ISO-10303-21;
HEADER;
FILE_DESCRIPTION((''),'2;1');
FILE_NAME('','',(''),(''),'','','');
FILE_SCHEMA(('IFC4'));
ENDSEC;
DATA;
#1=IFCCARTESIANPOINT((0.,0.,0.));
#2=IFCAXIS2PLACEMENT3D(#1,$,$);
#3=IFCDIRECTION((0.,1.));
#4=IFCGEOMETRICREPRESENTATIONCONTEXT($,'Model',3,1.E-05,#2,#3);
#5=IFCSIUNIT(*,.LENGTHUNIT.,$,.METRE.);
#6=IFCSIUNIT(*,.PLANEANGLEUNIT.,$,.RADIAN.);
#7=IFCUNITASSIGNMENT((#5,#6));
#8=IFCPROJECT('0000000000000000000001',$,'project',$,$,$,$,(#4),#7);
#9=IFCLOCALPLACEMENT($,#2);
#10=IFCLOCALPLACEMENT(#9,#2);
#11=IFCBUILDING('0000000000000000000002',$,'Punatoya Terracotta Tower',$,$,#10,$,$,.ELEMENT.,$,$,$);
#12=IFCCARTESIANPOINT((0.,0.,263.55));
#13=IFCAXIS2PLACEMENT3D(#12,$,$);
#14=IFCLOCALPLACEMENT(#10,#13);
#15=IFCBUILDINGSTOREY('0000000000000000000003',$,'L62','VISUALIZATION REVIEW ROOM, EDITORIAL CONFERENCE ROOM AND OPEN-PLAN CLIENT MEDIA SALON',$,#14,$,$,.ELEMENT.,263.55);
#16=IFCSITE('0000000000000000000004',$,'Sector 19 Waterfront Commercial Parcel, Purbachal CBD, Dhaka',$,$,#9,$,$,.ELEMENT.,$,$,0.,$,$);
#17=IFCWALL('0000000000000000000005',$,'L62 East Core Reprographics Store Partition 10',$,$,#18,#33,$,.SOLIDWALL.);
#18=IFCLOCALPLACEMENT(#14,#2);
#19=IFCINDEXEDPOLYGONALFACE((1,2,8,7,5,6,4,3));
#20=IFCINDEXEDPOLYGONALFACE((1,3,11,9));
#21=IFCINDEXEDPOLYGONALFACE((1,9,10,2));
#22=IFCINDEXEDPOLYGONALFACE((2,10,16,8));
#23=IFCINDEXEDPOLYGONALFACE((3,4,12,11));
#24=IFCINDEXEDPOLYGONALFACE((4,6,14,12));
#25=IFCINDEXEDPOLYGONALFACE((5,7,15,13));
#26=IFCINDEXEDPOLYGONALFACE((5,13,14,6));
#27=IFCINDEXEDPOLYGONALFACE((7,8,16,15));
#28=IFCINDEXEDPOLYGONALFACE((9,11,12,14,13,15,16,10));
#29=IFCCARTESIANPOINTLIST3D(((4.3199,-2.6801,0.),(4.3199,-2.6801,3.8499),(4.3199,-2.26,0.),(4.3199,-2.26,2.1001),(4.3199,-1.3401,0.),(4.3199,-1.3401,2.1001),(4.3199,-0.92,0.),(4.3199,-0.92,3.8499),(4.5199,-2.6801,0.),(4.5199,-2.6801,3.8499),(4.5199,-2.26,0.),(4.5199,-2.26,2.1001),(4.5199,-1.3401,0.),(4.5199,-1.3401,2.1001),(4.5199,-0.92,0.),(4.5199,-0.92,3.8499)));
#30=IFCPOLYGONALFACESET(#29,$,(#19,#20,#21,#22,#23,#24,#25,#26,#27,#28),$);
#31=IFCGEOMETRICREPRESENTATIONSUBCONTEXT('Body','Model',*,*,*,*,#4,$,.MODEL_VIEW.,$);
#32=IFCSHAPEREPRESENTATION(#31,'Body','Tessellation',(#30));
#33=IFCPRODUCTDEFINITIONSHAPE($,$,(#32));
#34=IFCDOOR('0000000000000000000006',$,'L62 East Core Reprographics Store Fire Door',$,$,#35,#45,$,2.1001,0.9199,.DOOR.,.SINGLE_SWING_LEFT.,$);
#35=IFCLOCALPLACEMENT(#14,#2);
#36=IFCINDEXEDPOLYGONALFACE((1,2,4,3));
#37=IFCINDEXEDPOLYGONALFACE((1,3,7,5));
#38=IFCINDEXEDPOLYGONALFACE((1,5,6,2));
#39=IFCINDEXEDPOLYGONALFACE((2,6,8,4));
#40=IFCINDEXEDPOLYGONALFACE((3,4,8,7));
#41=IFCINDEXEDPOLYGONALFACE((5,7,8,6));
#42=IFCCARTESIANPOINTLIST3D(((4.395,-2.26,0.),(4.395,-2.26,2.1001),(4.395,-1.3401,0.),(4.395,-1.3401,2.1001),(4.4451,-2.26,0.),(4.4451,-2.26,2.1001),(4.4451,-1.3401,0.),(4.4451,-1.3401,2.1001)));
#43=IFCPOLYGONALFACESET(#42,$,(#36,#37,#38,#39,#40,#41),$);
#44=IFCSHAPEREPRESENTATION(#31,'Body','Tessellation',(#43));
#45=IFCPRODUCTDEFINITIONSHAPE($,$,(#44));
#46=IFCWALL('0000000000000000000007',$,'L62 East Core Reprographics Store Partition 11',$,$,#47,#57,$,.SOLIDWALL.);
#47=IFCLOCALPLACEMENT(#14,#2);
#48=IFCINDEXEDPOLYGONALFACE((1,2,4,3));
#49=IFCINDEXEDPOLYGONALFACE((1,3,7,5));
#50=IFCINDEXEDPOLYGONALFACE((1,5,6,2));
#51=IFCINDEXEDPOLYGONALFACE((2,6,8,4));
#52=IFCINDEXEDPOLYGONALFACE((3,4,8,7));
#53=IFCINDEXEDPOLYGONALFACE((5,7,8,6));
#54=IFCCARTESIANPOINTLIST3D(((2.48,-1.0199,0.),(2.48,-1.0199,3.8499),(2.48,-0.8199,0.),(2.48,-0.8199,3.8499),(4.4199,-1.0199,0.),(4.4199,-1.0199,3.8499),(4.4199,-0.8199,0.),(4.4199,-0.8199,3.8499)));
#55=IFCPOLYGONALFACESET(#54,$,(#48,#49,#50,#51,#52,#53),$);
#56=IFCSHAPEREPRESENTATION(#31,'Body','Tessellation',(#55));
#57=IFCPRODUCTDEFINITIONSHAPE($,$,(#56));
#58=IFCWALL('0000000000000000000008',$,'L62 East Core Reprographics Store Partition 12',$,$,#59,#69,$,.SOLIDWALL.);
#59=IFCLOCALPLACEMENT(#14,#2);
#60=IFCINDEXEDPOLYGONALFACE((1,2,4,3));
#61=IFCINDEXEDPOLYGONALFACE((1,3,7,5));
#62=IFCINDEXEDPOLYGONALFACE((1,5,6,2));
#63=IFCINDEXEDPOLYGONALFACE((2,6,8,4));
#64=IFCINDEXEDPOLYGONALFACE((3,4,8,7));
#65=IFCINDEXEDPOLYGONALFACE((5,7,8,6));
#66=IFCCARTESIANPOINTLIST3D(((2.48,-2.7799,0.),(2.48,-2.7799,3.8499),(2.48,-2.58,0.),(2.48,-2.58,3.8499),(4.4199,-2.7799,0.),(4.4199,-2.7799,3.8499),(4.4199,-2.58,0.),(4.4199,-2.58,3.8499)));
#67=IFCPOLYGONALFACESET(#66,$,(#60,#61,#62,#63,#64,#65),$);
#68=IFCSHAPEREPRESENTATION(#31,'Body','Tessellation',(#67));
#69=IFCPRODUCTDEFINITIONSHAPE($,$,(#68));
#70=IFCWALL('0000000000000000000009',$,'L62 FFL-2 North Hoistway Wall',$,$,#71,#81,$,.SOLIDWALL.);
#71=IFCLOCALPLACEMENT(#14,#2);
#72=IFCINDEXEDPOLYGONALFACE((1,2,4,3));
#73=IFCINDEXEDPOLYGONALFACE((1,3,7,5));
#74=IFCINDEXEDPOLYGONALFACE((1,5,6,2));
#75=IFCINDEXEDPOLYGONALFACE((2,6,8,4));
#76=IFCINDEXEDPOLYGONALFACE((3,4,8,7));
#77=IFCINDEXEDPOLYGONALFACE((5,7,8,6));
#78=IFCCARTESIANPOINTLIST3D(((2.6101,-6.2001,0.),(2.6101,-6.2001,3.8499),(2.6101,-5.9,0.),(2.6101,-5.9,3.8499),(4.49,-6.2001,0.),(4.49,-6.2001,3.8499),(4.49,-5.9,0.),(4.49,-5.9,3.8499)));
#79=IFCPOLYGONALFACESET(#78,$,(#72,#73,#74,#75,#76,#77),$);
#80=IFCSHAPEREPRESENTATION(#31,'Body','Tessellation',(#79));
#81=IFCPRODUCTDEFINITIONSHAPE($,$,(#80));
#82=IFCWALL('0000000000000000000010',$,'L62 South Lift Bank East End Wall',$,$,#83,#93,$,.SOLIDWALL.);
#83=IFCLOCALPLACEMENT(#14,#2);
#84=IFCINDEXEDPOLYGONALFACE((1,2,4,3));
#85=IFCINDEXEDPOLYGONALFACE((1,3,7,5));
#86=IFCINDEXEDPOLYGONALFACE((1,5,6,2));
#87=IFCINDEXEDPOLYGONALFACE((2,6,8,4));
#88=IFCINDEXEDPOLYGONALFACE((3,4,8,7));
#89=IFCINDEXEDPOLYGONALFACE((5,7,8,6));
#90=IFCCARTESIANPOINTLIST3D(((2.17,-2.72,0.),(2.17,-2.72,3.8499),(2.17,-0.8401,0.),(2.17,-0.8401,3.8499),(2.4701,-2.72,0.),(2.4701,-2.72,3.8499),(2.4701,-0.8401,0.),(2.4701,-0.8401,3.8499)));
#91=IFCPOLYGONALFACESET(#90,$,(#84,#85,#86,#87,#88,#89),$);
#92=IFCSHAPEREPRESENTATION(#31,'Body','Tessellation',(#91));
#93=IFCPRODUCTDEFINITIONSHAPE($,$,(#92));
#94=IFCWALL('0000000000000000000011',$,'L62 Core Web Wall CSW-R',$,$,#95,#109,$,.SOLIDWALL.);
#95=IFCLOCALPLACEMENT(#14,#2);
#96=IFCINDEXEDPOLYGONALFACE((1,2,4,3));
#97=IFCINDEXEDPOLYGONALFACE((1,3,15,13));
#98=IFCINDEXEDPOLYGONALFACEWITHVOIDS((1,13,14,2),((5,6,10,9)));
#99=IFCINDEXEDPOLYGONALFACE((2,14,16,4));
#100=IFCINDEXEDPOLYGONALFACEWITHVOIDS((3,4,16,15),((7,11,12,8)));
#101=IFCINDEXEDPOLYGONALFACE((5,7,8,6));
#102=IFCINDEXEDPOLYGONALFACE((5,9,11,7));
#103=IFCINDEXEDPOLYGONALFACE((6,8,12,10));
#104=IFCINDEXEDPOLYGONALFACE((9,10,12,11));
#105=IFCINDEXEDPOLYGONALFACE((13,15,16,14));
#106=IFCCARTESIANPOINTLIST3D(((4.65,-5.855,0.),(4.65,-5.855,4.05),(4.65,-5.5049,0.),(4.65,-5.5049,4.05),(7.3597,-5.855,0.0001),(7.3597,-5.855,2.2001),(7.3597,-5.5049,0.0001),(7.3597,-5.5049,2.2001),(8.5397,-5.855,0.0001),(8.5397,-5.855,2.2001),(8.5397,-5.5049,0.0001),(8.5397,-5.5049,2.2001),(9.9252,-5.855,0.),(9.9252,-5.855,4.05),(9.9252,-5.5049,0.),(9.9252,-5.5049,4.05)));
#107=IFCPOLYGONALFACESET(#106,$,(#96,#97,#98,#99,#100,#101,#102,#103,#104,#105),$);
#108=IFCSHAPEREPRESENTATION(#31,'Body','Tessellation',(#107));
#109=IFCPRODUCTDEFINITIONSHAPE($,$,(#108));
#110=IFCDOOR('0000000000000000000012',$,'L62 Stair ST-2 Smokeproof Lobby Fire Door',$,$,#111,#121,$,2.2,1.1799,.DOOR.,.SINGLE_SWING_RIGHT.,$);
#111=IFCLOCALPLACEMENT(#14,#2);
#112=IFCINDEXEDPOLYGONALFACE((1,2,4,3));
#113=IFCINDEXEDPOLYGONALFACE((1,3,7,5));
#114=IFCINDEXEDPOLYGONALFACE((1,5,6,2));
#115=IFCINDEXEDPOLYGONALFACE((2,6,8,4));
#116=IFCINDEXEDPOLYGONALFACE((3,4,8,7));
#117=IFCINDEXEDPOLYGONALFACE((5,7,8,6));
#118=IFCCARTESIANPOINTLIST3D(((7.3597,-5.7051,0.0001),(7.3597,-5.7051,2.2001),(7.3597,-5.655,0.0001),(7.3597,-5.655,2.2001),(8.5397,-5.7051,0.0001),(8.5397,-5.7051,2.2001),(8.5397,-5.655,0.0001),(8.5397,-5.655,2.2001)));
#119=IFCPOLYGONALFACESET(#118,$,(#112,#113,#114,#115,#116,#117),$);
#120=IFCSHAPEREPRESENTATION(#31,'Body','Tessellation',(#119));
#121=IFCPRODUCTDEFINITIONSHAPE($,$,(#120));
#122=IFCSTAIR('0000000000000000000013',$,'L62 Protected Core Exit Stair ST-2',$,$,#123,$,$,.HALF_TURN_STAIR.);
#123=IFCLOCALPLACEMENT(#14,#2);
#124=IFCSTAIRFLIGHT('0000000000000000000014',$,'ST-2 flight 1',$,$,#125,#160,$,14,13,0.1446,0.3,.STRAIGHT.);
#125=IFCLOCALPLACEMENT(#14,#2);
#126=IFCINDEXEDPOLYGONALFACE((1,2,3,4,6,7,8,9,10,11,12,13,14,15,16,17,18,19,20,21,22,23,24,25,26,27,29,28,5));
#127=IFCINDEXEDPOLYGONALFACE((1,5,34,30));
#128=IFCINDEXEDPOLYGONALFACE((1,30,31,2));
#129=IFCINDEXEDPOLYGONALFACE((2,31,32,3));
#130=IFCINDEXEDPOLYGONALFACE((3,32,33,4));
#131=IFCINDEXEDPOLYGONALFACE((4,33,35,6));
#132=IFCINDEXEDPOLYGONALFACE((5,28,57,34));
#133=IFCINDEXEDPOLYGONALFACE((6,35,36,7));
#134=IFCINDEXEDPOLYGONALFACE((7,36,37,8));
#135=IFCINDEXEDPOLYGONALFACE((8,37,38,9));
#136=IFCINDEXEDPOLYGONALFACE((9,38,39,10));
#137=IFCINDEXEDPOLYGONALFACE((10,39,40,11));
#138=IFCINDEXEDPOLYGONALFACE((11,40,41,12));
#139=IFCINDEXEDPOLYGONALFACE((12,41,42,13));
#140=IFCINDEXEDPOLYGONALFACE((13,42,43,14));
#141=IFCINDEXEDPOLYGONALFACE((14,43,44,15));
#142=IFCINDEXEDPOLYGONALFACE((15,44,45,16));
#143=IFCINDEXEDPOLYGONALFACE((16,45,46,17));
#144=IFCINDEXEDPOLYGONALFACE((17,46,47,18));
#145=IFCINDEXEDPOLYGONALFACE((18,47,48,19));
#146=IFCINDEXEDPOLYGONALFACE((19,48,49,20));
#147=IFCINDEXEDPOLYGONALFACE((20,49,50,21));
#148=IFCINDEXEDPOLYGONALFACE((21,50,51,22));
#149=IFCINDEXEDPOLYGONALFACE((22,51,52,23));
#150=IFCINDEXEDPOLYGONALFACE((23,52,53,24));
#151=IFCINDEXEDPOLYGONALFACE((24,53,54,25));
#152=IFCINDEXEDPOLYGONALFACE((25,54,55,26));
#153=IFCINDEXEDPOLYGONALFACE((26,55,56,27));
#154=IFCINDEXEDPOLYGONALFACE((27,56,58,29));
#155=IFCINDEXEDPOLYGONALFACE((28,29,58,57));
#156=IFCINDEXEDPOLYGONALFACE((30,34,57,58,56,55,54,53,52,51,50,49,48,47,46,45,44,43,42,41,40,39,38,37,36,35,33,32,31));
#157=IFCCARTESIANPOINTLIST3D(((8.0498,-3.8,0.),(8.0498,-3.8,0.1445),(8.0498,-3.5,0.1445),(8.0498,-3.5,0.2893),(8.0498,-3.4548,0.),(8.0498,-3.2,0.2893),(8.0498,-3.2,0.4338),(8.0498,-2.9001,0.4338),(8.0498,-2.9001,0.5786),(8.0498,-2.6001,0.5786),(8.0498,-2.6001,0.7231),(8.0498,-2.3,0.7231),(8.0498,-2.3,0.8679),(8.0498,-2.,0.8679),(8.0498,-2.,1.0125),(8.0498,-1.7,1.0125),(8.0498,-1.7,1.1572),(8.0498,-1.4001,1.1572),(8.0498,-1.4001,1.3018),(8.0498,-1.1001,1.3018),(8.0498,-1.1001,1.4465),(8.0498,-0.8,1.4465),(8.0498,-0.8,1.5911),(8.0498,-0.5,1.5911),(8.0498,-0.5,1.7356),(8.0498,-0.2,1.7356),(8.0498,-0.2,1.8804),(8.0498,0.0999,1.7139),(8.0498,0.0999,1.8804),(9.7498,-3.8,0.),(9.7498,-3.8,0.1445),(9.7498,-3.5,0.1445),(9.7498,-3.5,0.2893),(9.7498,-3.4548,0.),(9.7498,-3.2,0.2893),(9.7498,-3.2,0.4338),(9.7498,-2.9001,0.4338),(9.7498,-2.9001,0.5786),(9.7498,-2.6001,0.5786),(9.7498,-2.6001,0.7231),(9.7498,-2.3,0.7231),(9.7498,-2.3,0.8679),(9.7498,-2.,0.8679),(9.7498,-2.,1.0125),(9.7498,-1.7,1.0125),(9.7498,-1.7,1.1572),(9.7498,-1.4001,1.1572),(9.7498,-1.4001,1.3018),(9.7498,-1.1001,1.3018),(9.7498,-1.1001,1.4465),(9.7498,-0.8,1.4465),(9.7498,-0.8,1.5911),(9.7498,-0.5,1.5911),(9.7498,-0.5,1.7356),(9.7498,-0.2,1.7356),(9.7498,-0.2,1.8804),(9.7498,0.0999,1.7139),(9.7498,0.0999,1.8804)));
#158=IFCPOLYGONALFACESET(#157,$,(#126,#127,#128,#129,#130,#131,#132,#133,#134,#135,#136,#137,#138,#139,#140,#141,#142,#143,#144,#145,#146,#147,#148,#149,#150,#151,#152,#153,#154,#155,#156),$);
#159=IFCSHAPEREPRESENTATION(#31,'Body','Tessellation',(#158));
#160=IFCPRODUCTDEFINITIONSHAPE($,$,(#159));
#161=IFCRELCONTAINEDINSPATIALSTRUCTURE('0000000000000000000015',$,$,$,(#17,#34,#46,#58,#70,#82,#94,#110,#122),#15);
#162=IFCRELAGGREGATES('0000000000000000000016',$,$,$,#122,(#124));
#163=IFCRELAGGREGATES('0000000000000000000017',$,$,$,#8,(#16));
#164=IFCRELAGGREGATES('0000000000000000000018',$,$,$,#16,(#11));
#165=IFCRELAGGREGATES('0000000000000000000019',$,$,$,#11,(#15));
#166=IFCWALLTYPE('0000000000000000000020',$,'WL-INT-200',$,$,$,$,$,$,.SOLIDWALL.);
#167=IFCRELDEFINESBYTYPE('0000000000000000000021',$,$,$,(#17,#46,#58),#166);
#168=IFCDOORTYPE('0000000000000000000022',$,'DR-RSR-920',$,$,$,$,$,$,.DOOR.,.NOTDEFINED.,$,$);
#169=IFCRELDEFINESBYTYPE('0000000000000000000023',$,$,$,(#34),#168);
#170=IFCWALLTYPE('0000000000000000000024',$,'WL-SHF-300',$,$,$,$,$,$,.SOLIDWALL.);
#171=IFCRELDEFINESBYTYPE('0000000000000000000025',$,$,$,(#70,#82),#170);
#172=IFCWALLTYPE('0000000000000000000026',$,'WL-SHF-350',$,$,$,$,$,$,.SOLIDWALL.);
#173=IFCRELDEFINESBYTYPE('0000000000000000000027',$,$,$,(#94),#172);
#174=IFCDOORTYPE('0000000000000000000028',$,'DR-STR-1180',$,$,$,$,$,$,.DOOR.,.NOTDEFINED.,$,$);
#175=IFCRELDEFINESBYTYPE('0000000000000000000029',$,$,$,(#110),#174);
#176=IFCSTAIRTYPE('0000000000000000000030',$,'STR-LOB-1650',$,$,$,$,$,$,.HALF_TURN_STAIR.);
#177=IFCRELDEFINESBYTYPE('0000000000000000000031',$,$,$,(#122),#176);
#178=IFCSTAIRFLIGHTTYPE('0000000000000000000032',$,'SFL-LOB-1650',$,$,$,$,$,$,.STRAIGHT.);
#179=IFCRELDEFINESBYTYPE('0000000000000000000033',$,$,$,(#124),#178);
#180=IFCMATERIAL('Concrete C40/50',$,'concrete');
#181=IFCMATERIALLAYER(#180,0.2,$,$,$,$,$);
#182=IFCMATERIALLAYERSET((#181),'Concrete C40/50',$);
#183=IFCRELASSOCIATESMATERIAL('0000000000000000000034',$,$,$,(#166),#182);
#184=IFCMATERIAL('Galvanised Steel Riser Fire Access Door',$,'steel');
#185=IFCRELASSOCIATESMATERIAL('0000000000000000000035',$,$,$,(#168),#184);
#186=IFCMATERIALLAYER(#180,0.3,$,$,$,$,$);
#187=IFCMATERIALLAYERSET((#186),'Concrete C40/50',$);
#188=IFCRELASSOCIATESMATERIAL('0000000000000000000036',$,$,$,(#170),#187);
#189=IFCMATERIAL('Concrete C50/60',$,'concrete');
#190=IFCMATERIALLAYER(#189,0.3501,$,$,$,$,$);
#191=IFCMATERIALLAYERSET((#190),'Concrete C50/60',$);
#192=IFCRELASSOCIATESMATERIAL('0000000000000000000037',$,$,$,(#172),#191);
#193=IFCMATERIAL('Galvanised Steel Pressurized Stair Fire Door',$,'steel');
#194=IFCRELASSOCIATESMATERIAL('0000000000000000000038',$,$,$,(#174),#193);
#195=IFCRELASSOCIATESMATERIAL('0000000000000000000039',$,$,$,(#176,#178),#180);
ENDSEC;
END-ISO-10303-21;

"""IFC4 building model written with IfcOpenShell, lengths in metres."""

from ifc_helpers import new_model, si_unit, direction, frame, frame_2d, origin, place, context, subcontext, project, spatial, polyline, rectangle, outline, extrude, material, layer, layer_set, type_object, element, fill, aggregate, save


model = new_model("IFC4")

# Units and contexts
model_context = context("Model", 3, precision=1e-05, world=origin(), true_north=direction((0.0, 1.0)))
body_context = subcontext(model_context, "Body", "Model", "MODEL_VIEW")
ifc_project = project(units=[si_unit("LENGTHUNIT", "METRE"), si_unit("PLANEANGLEUNIT", "RADIAN")], contexts=[model_context])

# Site, building, storey
site_placement = place(None, origin())
site = spatial("IfcSite", under=ifc_project, at=site_placement, Name="Sector 19 Waterfront Commercial Parcel, Purbachal CBD, Dhaka", CompositionType="ELEMENT", RefElevation=0.0)
building_placement = place(site_placement, origin())
building = spatial("IfcBuilding", under=site, at=building_placement, Name="Punatoya Terracotta Tower", CompositionType="ELEMENT")
storey_placement = place(building_placement, frame((0.0, 0.0, 263.55)))
storey = spatial("IfcBuildingStorey", under=building, at=storey_placement, Name="L62", Description="VISUALIZATION REVIEW ROOM, EDITORIAL CONFERENCE ROOM AND OPEN-PLAN CLIENT MEDIA SALON", CompositionType="ELEMENT", Elevation=263.55)

# Shared definitions
ifc_material_1 = material(Name="Concrete C40/50", Category="concrete")
ifc_layer_1 = layer(ifc_material_1, 0.2)
ifc_layer_set_1 = layer_set([ifc_layer_1], Name="Concrete C40/50")
wall_type_1 = type_object("IfcWallType", Name="WL-INT-200", PredefinedType="SOLIDWALL", material=ifc_layer_set_1)

# Wall, opening, door
wall_1_placement = place(storey_placement, frame((4.4199, -2.6799, 0.0), z_axis=(0.0, 0.0, 1.0), x_axis=(0.0, 1.0, 0.0)))
wall_1 = element("IfcWall", 1, at=wall_1_placement, inside=storey, type_object=wall_type_1, Name="L62 East Core Reprographics Store Partition 10", PredefinedType="SOLIDWALL", context=body_context, shape_type="SweptSolid", body=[
    extrude(rectangle(XDim=1.76, YDim=0.2, at=frame_2d((0.8799, 0.0))), origin(), (0.0, 0.0, 1.0), 3.8499),
])
opening_1_placement = place(wall_1_placement, frame((0.4199, 0.0, 0.0)))
opening_1 = element("IfcOpeningElement", 2, at=opening_1_placement, cuts=wall_1, PredefinedType="OPENING", context=body_context, shape_type="SweptSolid", body=[
    extrude(rectangle(XDim=0.9199, YDim=2.1001, at=frame_2d((0.46, 1.05))), frame((0.0, 0.1099, 0.0), z_axis=(0.0, -1.0, 0.0), x_axis=(1.0, 0.0, 0.0)), (0.0, 0.0, 1.0), 0.22),
])
ifc_material_2 = material(Name="Galvanised Steel Riser Fire Access Door", Category="steel")
door_type_1 = type_object("IfcDoorType", Name="DR-RSR-920", OperationType="NOTDEFINED", PredefinedType="DOOR", material=ifc_material_2)
door_1_placement = place(opening_1_placement, origin())
door_1 = element("IfcDoor", 3, at=door_1_placement, inside=storey, type_object=door_type_1, Name="L62 East Core Reprographics Store Fire Door", OperationType="SINGLE_SWING_LEFT", OverallHeight=2.1001, OverallWidth=0.9199, PredefinedType="DOOR", context=body_context, shape_type="SweptSolid", body=[
    extrude(rectangle(XDim=0.9199, YDim=2.1001, at=frame_2d((0.46, 1.05))), frame((0.0, 0.0249, 0.0), z_axis=(0.0, -1.0, 0.0), x_axis=(1.0, 0.0, 0.0)), (0.0, 0.0, 1.0), 0.05),
])
fill(opening_1, door_1)

# Walls
for number, where, z_axis, x_axis, name in (
    (4, (4.4199, -0.9199, 0.0), (0.0, 0.0, 1.0), (-1.0, 0.0, 0.0), "L62 East Core Reprographics Store Partition 11"),
    (5, (2.48, -2.6799, 0.0), (0.0, 0.0, 1.0), (1.0, 0.0, 0.0), "L62 East Core Reprographics Store Partition 12"),
):
    element("IfcWall", number, at=place(storey_placement, frame(where, z_axis=z_axis, x_axis=x_axis)), inside=storey, type_object=wall_type_1, Name=name, PredefinedType="SOLIDWALL", context=body_context, shape_type="SweptSolid", body=[
        extrude(rectangle(XDim=1.9399, YDim=0.2, at=frame_2d((0.97, 0.0))), origin(), (0.0, 0.0, 1.0), 3.8499),
    ])
ifc_layer_2 = layer(ifc_material_1, 0.3)
ifc_layer_set_2 = layer_set([ifc_layer_2], Name="Concrete C40/50")
wall_type_2 = type_object("IfcWallType", Name="WL-SHF-300", PredefinedType="SOLIDWALL", material=ifc_layer_set_2)
for number, where, z_axis, x_axis, name in (
    (6, (2.6101, -6.05, 0.0), (0.0, 0.0, 1.0), (1.0, 0.0, 0.0), "L62 FFL-2 North Hoistway Wall"),
    (7, (2.3201, -2.72, 0.0), (0.0, 0.0, 1.0), (0.0, 1.0, 0.0), "L62 South Lift Bank East End Wall"),
):
    element("IfcWall", number, at=place(storey_placement, frame(where, z_axis=z_axis, x_axis=x_axis)), inside=storey, type_object=wall_type_2, Name=name, PredefinedType="SOLIDWALL", context=body_context, shape_type="SweptSolid", body=[
        extrude(rectangle(XDim=1.8799, YDim=0.3, at=frame_2d((0.9399, 0.0))), origin(), (0.0, 0.0, 1.0), 3.8499),
    ])

# Wall, opening, door
ifc_material_3 = material(Name="Concrete C50/60", Category="concrete")
ifc_layer_3 = layer(ifc_material_3, 0.3501)
ifc_layer_set_3 = layer_set([ifc_layer_3], Name="Concrete C50/60")
wall_type_3 = type_object("IfcWallType", Name="WL-SHF-350", PredefinedType="SOLIDWALL", material=ifc_layer_set_3)
wall_2_placement = place(storey_placement, frame((4.6499, -5.6799, 0.0), z_axis=(0.0, 0.0, 1.0), x_axis=(1.0, 0.0, 0.0)))
wall_2 = element("IfcWall", 8, at=wall_2_placement, inside=storey, type_object=wall_type_3, Name="L62 Core Web Wall CSW-R", PredefinedType="SOLIDWALL", context=body_context, shape_type="SweptSolid", body=[
    extrude(rectangle(XDim=5.2751, YDim=0.3501, at=frame_2d((2.6377, 0.0))), origin(), (0.0, 0.0, 1.0), 4.05),
])
opening_2_placement = place(wall_2_placement, frame((2.71, 0.0, 0.0)))
opening_2 = element("IfcOpeningElement", 9, at=opening_2_placement, cuts=wall_2, PredefinedType="OPENING", context=body_context, shape_type="SweptSolid", body=[
    extrude(rectangle(XDim=1.1799, YDim=2.2, at=frame_2d((0.5898, 1.1001))), frame((0.0, 0.1851, 0.0), z_axis=(0.0, -1.0, 0.0), x_axis=(1.0, 0.0, 0.0)), (0.0, 0.0, 1.0), 0.3701),
])
ifc_material_4 = material(Name="Galvanised Steel Pressurized Stair Fire Door", Category="steel")
door_type_2 = type_object("IfcDoorType", Name="DR-STR-1180", OperationType="NOTDEFINED", PredefinedType="DOOR", material=ifc_material_4)
door_2_placement = place(opening_2_placement, origin())
door_2 = element("IfcDoor", 10, at=door_2_placement, inside=storey, type_object=door_type_2, Name="L62 Stair ST-2 Smokeproof Lobby Fire Door", OperationType="SINGLE_SWING_RIGHT", OverallHeight=2.2, OverallWidth=1.1799, PredefinedType="DOOR", context=body_context, shape_type="SweptSolid", body=[
    extrude(rectangle(XDim=1.1799, YDim=2.2, at=frame_2d((0.5898, 1.1001))), frame((0.0, 0.0249, 0.0), z_axis=(0.0, -1.0, 0.0), x_axis=(1.0, 0.0, 0.0)), (0.0, 0.0, 1.0), 0.05),
])
fill(opening_2, door_2)

# Stair, stair flight
stair_type = type_object("IfcStairType", Name="STR-LOB-1650", PredefinedType="HALF_TURN_STAIR", material=ifc_material_1)
stair_placement = place(storey_placement, origin())
stair = element("IfcStair", 11, at=stair_placement, inside=storey, type_object=stair_type, Name="L62 Protected Core Exit Stair ST-2", PredefinedType="HALF_TURN_STAIR")
stair_flight_type = type_object("IfcStairFlightType", Name="SFL-LOB-1650", PredefinedType="STRAIGHT", material=ifc_material_1)
stair_flight_placement = place(storey_placement, frame((8.8999, -3.8, 0.0), z_axis=(0.0, 0.0, 1.0), x_axis=(0.0, 1.0, 0.0)))
stair_flight = element("IfcStairFlight", 12, at=stair_flight_placement, type_object=stair_flight_type, Name="ST-2 flight 1", NumberOfRisers=14, NumberOfTreads=13, PredefinedType="STRAIGHT", RiserHeight=0.1446, TreadLength=0.3, context=body_context, shape_type="SweptSolid", body=[
    extrude(outline(polyline([(0.0, 0.0), (0.0, 0.1445), (0.3, 0.1445), (0.3, 0.2893), (0.6001, 0.2893), (0.6001, 0.4338), (0.8999, 0.4338), (0.8999, 0.5786), (1.2, 0.5786), (1.2, 0.7231), (1.5, 0.7231), (1.5, 0.8679), (1.8, 0.8679), (1.8, 1.0125), (2.1001, 1.0125), (2.1001, 1.1572), (2.3999, 1.1572), (2.3999, 1.3018), (2.7, 1.3018), (2.7, 1.4465), (3.0, 1.4465), (3.0, 1.5911), (3.3, 1.5911), (3.3, 1.7356), (3.6001, 1.7356), (3.6001, 1.8804), (3.8999, 1.8804), (3.8999, 2.0249), (3.8999, 1.7139), (0.3452, 0.0), (0.0, 0.0)])), frame((0.0, 0.8501, 0.0), z_axis=(0.0, -1.0, 0.0), x_axis=(1.0, 0.0, 0.0)), (0.0, 0.0, 1.0), 1.7),
])
aggregate(stair, [stair_flight])

save(model, "model.ifc")
